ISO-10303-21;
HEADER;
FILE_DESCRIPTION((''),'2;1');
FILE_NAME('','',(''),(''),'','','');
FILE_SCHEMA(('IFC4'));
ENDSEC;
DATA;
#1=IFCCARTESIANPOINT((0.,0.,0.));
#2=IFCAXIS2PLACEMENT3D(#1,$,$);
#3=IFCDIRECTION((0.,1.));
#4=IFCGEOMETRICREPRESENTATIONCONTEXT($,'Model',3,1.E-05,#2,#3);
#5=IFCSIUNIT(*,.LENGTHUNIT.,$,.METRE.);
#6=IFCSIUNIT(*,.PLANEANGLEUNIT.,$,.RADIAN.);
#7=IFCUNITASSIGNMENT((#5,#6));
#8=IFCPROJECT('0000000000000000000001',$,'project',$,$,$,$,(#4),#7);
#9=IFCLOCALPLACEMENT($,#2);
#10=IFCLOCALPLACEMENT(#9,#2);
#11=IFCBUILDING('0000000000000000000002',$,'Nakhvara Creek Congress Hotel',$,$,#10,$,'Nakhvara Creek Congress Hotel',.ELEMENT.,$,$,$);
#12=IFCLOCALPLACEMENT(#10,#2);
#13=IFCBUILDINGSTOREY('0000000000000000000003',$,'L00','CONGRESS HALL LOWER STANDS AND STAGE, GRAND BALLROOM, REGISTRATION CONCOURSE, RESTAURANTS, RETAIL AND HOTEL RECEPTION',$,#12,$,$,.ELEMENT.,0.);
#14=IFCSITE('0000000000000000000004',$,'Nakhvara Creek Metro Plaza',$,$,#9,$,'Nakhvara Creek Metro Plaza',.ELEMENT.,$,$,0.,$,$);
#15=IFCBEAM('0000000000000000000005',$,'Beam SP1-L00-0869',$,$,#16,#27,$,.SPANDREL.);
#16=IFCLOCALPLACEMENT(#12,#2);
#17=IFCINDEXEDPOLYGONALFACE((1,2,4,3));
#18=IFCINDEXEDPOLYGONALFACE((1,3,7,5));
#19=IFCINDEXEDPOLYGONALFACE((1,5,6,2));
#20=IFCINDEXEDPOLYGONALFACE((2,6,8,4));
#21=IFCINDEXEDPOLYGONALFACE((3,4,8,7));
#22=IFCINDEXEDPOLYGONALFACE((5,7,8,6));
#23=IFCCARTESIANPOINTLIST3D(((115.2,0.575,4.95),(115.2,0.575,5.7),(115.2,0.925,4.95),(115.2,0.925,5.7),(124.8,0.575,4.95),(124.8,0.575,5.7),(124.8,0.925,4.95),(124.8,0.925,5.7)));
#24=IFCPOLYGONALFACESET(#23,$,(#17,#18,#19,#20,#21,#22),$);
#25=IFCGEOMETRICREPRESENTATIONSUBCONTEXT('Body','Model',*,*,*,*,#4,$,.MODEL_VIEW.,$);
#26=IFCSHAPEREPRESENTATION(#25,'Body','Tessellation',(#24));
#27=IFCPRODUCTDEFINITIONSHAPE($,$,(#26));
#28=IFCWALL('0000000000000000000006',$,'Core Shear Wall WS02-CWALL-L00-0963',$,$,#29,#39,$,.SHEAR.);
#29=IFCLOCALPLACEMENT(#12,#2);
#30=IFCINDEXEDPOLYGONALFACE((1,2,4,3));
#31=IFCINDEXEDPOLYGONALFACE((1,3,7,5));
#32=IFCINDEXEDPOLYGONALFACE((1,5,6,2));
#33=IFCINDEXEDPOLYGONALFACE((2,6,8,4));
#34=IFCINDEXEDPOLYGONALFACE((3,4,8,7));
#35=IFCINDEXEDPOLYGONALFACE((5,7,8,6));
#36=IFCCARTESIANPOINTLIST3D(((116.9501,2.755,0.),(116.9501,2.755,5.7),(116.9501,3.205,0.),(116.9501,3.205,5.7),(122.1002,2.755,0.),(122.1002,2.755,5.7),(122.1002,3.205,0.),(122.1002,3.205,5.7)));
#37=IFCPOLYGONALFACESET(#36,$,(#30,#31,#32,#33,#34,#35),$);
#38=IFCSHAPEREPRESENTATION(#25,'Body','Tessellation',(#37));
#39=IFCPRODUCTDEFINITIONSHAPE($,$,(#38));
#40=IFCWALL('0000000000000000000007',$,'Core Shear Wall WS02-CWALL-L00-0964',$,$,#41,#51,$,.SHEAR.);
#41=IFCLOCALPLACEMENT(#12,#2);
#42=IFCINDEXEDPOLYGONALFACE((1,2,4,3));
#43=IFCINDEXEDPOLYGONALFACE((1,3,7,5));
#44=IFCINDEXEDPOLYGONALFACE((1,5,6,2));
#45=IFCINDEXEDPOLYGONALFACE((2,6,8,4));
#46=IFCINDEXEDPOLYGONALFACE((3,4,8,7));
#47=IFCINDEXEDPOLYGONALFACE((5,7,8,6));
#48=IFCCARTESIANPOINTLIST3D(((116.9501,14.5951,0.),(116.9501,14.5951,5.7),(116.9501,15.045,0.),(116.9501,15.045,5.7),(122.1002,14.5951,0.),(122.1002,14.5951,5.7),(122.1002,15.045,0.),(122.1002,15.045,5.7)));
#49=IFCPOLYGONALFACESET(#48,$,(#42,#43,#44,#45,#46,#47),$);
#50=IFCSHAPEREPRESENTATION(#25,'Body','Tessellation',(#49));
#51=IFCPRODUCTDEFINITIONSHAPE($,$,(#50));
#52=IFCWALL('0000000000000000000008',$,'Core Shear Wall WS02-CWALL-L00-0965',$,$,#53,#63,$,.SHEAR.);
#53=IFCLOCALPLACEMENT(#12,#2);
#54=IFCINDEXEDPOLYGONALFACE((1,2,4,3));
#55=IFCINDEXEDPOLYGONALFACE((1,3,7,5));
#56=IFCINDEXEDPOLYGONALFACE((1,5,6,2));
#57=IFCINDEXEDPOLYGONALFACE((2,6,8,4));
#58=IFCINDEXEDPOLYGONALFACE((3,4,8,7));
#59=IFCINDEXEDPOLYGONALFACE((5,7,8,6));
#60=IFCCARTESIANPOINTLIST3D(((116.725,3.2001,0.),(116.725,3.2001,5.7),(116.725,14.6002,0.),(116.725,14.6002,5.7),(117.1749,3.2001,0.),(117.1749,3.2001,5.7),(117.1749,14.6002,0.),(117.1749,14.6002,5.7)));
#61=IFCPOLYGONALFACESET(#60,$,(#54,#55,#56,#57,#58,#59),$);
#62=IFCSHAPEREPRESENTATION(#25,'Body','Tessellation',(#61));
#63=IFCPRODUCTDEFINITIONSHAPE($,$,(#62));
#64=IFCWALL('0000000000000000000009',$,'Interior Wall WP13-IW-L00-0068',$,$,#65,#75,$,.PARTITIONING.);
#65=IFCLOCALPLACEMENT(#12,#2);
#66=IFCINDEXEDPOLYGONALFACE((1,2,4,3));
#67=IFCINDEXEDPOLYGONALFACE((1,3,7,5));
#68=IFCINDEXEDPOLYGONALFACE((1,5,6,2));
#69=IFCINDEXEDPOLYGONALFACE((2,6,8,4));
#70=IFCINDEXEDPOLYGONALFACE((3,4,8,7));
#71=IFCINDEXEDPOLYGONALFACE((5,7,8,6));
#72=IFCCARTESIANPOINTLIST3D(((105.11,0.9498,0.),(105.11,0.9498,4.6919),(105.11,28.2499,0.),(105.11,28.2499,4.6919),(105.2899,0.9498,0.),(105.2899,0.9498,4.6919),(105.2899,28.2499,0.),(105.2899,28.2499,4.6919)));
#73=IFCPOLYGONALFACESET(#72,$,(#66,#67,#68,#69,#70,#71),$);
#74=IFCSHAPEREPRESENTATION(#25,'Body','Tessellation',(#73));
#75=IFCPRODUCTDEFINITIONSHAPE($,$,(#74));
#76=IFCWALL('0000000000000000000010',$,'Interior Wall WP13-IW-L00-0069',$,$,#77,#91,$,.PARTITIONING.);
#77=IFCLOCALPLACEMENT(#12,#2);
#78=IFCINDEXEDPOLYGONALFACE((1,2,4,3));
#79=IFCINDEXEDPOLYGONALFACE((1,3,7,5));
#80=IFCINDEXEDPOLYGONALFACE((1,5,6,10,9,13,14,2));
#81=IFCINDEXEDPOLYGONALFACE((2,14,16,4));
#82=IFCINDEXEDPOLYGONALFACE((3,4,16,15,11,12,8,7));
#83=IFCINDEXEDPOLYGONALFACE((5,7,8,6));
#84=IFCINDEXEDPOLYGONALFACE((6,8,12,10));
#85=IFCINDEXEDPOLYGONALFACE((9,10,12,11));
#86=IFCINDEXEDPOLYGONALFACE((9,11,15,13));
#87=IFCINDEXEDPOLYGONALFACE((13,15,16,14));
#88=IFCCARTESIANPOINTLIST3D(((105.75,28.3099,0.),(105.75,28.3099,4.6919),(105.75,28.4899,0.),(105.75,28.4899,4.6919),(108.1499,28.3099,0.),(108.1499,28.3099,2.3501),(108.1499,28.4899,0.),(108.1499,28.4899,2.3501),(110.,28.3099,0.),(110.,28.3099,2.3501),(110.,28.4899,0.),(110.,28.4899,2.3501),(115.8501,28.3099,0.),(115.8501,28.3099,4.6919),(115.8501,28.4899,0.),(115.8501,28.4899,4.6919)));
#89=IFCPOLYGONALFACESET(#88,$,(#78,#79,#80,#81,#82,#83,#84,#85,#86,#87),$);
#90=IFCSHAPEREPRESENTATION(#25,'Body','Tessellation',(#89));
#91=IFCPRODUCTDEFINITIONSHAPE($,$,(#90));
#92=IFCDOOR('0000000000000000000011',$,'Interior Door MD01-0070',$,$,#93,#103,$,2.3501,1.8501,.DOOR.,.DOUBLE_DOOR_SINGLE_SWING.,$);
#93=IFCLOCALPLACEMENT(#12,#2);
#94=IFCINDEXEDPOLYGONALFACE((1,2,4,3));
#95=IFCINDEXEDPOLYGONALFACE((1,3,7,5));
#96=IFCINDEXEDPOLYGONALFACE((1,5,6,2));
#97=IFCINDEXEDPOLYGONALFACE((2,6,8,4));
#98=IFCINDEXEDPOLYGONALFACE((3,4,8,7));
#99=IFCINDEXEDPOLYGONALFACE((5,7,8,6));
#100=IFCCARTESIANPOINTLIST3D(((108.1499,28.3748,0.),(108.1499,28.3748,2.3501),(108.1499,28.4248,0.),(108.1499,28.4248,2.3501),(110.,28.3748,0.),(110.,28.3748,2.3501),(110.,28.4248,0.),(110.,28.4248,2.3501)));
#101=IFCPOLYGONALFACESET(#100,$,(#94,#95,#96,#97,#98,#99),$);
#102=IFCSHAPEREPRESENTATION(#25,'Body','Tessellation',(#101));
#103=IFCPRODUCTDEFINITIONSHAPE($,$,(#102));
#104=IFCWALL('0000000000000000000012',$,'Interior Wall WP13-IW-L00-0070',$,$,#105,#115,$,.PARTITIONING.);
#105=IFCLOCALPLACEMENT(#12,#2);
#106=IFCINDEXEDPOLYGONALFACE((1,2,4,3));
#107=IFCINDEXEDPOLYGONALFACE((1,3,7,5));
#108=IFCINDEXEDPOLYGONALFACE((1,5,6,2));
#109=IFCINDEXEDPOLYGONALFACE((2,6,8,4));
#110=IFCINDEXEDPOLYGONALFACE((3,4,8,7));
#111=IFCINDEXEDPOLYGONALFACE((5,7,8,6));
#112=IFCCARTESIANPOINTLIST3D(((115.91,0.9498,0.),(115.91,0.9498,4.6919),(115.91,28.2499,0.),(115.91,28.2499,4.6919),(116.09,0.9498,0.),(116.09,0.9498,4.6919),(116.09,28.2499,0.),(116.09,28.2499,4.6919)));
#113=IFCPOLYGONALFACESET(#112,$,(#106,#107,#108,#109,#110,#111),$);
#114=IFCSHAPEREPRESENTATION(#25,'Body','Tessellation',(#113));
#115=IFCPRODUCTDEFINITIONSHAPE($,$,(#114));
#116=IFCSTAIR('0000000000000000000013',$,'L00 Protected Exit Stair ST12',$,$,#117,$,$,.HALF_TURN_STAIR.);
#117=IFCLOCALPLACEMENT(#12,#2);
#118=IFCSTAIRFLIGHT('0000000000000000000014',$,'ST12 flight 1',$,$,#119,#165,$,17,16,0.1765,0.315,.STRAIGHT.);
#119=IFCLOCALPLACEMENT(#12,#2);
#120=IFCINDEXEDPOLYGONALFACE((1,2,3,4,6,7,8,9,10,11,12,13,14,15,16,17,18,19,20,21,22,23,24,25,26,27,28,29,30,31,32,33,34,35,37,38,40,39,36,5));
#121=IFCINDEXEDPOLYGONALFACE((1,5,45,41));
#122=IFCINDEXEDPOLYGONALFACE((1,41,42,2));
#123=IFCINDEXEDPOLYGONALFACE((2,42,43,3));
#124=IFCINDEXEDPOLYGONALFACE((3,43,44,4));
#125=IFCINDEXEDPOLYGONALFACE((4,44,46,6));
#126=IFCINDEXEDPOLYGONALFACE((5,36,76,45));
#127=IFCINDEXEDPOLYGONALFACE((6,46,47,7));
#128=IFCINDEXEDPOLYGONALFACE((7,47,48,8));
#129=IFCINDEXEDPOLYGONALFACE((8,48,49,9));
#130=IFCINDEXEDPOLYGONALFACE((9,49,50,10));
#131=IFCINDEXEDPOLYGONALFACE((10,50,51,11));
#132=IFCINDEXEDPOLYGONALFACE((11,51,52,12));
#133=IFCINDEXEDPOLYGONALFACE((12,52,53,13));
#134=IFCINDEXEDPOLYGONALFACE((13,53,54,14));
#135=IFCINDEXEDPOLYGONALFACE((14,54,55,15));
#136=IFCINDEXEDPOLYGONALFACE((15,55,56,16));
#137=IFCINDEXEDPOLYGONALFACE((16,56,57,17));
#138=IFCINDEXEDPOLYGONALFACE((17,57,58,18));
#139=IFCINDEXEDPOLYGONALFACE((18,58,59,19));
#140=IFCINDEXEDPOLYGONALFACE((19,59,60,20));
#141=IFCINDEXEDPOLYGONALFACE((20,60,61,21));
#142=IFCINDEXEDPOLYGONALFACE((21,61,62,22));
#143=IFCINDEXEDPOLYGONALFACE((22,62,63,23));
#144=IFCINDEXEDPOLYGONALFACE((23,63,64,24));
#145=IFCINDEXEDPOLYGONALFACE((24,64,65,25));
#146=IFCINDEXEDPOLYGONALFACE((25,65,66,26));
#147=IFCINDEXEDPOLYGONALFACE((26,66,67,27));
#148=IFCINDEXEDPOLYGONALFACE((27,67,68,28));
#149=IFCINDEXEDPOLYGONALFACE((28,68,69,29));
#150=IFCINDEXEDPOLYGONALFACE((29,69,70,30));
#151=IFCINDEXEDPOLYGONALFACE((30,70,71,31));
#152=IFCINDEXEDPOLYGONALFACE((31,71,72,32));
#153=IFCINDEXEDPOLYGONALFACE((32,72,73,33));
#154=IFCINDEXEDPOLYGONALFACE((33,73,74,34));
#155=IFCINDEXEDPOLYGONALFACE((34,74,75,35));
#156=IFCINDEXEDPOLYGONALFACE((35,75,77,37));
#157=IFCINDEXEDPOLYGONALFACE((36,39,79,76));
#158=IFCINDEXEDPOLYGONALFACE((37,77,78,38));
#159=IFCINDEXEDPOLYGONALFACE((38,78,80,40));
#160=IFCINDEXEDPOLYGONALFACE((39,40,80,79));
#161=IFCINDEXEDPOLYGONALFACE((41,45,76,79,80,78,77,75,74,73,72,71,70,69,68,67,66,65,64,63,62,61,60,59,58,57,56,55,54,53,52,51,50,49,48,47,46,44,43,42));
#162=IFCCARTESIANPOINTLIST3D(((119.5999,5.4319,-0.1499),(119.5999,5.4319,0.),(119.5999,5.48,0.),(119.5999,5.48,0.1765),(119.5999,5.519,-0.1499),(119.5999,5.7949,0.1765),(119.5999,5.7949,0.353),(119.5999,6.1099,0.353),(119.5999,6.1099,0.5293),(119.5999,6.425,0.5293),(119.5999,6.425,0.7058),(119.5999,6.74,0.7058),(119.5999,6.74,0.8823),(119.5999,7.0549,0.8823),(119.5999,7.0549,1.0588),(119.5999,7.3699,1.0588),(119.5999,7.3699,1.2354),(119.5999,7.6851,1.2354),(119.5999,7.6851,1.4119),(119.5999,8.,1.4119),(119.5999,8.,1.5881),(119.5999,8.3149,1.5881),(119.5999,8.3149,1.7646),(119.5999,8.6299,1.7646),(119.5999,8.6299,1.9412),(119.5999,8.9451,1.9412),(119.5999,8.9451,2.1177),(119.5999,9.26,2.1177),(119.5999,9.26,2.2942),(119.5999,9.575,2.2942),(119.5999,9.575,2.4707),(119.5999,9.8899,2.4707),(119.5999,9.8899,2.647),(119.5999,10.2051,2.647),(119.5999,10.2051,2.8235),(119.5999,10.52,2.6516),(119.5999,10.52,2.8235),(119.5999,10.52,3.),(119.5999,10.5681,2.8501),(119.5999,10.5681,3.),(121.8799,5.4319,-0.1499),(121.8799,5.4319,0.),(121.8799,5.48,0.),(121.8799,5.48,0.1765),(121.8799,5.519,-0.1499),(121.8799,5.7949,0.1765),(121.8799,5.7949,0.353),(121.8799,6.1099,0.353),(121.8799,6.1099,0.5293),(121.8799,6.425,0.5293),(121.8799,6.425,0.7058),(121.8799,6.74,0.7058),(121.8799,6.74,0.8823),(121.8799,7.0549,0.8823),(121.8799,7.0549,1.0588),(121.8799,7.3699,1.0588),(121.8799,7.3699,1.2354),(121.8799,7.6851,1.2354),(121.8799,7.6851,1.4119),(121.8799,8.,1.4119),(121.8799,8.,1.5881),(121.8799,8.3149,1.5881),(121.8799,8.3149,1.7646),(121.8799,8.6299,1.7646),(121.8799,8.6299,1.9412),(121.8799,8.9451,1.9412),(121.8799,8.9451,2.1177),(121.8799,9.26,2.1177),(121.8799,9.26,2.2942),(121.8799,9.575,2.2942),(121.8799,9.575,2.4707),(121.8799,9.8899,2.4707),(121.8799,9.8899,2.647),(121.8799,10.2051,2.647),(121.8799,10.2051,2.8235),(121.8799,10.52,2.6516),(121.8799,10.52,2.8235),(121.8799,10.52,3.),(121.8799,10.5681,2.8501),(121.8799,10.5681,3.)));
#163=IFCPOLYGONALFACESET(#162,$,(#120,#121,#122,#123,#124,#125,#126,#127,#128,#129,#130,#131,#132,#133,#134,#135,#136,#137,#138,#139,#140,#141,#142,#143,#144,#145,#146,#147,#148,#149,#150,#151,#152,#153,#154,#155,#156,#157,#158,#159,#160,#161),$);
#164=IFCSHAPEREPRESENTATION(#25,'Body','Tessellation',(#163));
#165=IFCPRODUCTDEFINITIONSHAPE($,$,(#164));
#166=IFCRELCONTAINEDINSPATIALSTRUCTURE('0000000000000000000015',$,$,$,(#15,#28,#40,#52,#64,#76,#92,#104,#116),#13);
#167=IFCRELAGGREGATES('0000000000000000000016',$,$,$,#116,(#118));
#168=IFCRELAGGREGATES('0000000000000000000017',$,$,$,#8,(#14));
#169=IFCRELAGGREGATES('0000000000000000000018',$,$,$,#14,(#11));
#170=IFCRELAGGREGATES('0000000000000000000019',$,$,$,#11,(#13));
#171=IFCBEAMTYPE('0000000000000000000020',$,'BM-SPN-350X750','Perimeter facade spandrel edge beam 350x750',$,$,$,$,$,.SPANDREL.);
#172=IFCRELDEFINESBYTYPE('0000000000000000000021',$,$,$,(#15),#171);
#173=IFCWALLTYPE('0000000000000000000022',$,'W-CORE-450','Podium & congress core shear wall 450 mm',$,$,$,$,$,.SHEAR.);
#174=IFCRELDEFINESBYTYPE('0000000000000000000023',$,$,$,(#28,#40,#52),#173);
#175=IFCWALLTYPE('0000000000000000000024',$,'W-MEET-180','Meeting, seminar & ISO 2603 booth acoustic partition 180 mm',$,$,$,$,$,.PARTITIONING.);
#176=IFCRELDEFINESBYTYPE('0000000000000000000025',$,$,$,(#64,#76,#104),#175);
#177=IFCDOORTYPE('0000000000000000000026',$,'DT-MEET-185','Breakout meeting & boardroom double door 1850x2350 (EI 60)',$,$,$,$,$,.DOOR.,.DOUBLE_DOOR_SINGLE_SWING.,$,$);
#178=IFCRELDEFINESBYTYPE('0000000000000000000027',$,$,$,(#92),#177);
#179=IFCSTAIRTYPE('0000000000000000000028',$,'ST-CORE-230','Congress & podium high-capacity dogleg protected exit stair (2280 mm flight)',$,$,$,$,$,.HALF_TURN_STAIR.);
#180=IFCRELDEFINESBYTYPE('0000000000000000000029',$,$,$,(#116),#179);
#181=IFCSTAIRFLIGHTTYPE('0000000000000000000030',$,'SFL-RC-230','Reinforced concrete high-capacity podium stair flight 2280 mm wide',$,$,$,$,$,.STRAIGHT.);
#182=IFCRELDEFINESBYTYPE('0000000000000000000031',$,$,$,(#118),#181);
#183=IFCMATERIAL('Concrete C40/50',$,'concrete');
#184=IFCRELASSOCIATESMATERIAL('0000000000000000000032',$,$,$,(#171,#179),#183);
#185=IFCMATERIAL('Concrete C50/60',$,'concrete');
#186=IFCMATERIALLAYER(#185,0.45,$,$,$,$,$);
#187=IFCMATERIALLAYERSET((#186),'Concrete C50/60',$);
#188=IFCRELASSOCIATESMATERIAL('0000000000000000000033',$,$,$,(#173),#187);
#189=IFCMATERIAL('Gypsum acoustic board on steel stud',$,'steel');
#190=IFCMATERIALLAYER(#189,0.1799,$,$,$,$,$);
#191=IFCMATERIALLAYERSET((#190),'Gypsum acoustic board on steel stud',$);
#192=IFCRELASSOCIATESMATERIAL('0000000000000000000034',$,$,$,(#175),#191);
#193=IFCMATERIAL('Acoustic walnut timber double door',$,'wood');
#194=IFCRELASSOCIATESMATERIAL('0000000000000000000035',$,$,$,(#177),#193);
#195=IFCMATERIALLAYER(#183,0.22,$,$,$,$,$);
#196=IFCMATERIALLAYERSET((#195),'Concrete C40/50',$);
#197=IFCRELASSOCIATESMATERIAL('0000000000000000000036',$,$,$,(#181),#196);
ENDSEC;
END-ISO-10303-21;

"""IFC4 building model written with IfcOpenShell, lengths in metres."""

from ifc_helpers import new_model, si_unit, direction, frame, frame_2d, origin, origin_2d, place, context, subcontext, project, spatial, polyline, rectangle, outline, extrude, material, layer, layer_set, material_profile, profile_set, type_object, element, fill, aggregate, save


model = new_model("IFC4")

# Units and contexts
model_context = context("Model", 3, precision=1e-05, world=origin(), true_north=direction((0.0, 1.0)))
body_context = subcontext(model_context, "Body", "Model", "MODEL_VIEW")
ifc_project = project(units=[si_unit("LENGTHUNIT", "METRE"), si_unit("PLANEANGLEUNIT", "RADIAN")], contexts=[model_context])

# Site, building, storey
site_placement = place(None, origin())
site = spatial("IfcSite", under=ifc_project, at=site_placement, Name="Nakhvara Creek Metro Plaza", LongName="Nakhvara Creek Metro Plaza", CompositionType="ELEMENT", RefElevation=0.0)
building_placement = place(site_placement, origin())
building = spatial("IfcBuilding", under=site, at=building_placement, Name="Nakhvara Creek Congress Hotel", LongName="Nakhvara Creek Congress Hotel", CompositionType="ELEMENT")
storey_placement = place(building_placement, origin())
storey = spatial("IfcBuildingStorey", under=building, at=storey_placement, Name="L00", Description="CONGRESS HALL LOWER STANDS AND STAGE, GRAND BALLROOM, REGISTRATION CONCOURSE, RESTAURANTS, RETAIL AND HOTEL RECEPTION", CompositionType="ELEMENT", Elevation=0.0)

# Shared definitions
ifc_material_1 = material(Name="Concrete C50/60", Category="concrete")

# Beam
ifc_material_2 = material(Name="Concrete C40/50", Category="concrete")
ifc_material_profile_1 = material_profile(ifc_material_2, rectangle(XDim=0.3501, YDim=0.75, at=origin_2d()), Name="RC-SPANDREL 350x750", Category="LoadBearing")
ifc_profile_set_1 = profile_set([ifc_material_profile_1], Name="Concrete C40/50")
beam_type_1 = type_object("IfcBeamType", Name="BM-SPN-350X750", Description="Perimeter facade spandrel edge beam 350x750", PredefinedType="SPANDREL", material=ifc_profile_set_1)
beam_1_placement = place(storey_placement, frame((115.2, 0.75, 5.325), z_axis=(1.0, 0.0, 0.0), x_axis=(0.0, 1.0, 0.0)))
element("IfcBeam", 1, at=beam_1_placement, inside=storey, type_object=beam_type_1, Name="Beam SP1-L00-0869", PredefinedType="SPANDREL", context=body_context, shape_type="SweptSolid", body=[
    extrude(rectangle(XDim=0.3501, YDim=0.75, at=origin_2d()), origin(), (0.0, 0.0, 1.0), 9.6001),
])

# Walls
ifc_layer_1 = layer(ifc_material_1, 0.45)
ifc_layer_set_1 = layer_set([ifc_layer_1], Name="Concrete C50/60")
wall_type_1 = type_object("IfcWallType", Name="W-CORE-450", Description="Podium & congress core shear wall 450 mm", PredefinedType="SHEAR", material=ifc_layer_set_1)
for number, where, z_axis, x_axis, name in (
    (2, (116.95, 2.98, 0.0), (0.0, 0.0, 1.0), (1.0, 0.0, 0.0), "Core Shear Wall WS02-CWALL-L00-0963"),
    (3, (116.95, 14.8201, 0.0), (0.0, 0.0, 1.0), (1.0, 0.0, 0.0), "Core Shear Wall WS02-CWALL-L00-0964"),
):
    element("IfcWall", number, at=place(storey_placement, frame(where, z_axis=z_axis, x_axis=x_axis)), inside=storey, type_object=wall_type_1, Name=name, PredefinedType="SHEAR", context=body_context, shape_type="SweptSolid", body=[
        extrude(rectangle(XDim=5.1501, YDim=0.45, at=frame_2d((2.5752, 0.0))), origin(), (0.0, 0.0, 1.0), 5.7),
    ])
wall_1_placement = place(storey_placement, frame((116.95, 3.2, 0.0), z_axis=(0.0, 0.0, 1.0), x_axis=(0.0, 1.0, 0.0)))
element("IfcWall", 4, at=wall_1_placement, inside=storey, type_object=wall_type_1, Name="Core Shear Wall WS02-CWALL-L00-0965", PredefinedType="SHEAR", context=body_context, shape_type="SweptSolid", body=[
    extrude(rectangle(XDim=11.4001, YDim=0.45, at=frame_2d((5.7002, 0.0))), origin(), (0.0, 0.0, 1.0), 5.7),
])
ifc_material_3 = material(Name="Gypsum acoustic board on steel stud", Category="steel")
ifc_layer_2 = layer(ifc_material_3, 0.1799)
ifc_layer_set_2 = layer_set([ifc_layer_2], Name="Gypsum acoustic board on steel stud")
wall_type_2 = type_object("IfcWallType", Name="W-MEET-180", Description="Meeting, seminar & ISO 2603 booth acoustic partition 180 mm", PredefinedType="PARTITIONING", material=ifc_layer_set_2)
wall_2_placement = place(storey_placement, frame((105.2, 0.95, 0.0), z_axis=(0.0, 0.0, 1.0), x_axis=(0.0, 1.0, 0.0)))
element("IfcWall", 5, at=wall_2_placement, inside=storey, type_object=wall_type_2, Name="Interior Wall WP13-IW-L00-0068", PredefinedType="PARTITIONING", context=body_context, shape_type="SweptSolid", body=[
    extrude(rectangle(XDim=27.3, YDim=0.1799, at=frame_2d((13.6499, 0.0))), origin(), (0.0, 0.0, 1.0), 4.6919),
])

# Wall, opening, door
wall_3_placement = place(storey_placement, frame((105.75, 28.3999, 0.0), z_axis=(0.0, 0.0, 1.0), x_axis=(1.0, 0.0, 0.0)))
wall_3 = element("IfcWall", 6, at=wall_3_placement, inside=storey, type_object=wall_type_2, Name="Interior Wall WP13-IW-L00-0069", PredefinedType="PARTITIONING", context=body_context, shape_type="SweptSolid", body=[
    extrude(rectangle(XDim=10.1001, YDim=0.1799, at=frame_2d((5.05, 0.0))), origin(), (0.0, 0.0, 1.0), 4.6919),
])
opening_placement = place(wall_3_placement, frame((2.3999, 0.0, 0.0)))
opening = element("IfcOpeningElement", 7, at=opening_placement, cuts=wall_3, PredefinedType="OPENING", context=body_context, shape_type="SweptSolid", body=[
    extrude(rectangle(XDim=1.8501, YDim=2.3501, at=frame_2d((0.925, 1.175))), frame((0.0, 0.1021, 0.0), z_axis=(0.0, -1.0, 0.0), x_axis=(1.0, 0.0, 0.0)), (0.0, 0.0, 1.0), 0.2039),
])
ifc_material_4 = material(Name="Acoustic walnut timber double door", Category="wood")
door_type = type_object("IfcDoorType", Name="DT-MEET-185", Description="Breakout meeting & boardroom double door 1850x2350 (EI 60)", OperationType="DOUBLE_DOOR_SINGLE_SWING", PredefinedType="DOOR", material=ifc_material_4)
door_placement = place(opening_placement, origin())
door = element("IfcDoor", 8, at=door_placement, inside=storey, type_object=door_type, Name="Interior Door MD01-0070", OperationType="DOUBLE_DOOR_SINGLE_SWING", OverallHeight=2.3501, OverallWidth=1.8501, PredefinedType="DOOR", context=body_context, shape_type="SweptSolid", body=[
    extrude(rectangle(XDim=1.8501, YDim=2.3501, at=frame_2d((0.925, 1.175))), frame((0.0, 0.0249, 0.0), z_axis=(0.0, -1.0, 0.0), x_axis=(1.0, 0.0, 0.0)), (0.0, 0.0, 1.0), 0.05),
])
fill(opening, door)

# Wall
wall_4_placement = place(storey_placement, frame((116.0, 0.95, 0.0), z_axis=(0.0, 0.0, 1.0), x_axis=(0.0, 1.0, 0.0)))
element("IfcWall", 9, at=wall_4_placement, inside=storey, type_object=wall_type_2, Name="Interior Wall WP13-IW-L00-0070", PredefinedType="PARTITIONING", context=body_context, shape_type="SweptSolid", body=[
    extrude(rectangle(XDim=27.3, YDim=0.1799, at=frame_2d((13.6499, 0.0))), origin(), (0.0, 0.0, 1.0), 4.6919),
])

# Stair, stair flight
stair_type = type_object("IfcStairType", Name="ST-CORE-230", Description="Congress & podium high-capacity dogleg protected exit stair (2280 mm flight)", PredefinedType="HALF_TURN_STAIR", material=ifc_material_2)
stair_placement = place(storey_placement, origin())
stair = element("IfcStair", 10, at=stair_placement, inside=storey, type_object=stair_type, Name="L00 Protected Exit Stair ST12", PredefinedType="HALF_TURN_STAIR")
ifc_layer_3 = layer(ifc_material_2, 0.22)
ifc_layer_set_3 = layer_set([ifc_layer_3], Name="Concrete C40/50")
stair_flight_type = type_object("IfcStairFlightType", Name="SFL-RC-230", Description="Reinforced concrete high-capacity podium stair flight 2280 mm wide", PredefinedType="STRAIGHT", material=ifc_layer_set_3)
stair_flight_1_placement = place(storey_placement, frame((120.74, 5.48, 0.0), z_axis=(0.0, 0.0, 1.0), x_axis=(0.0, 1.0, 0.0)))
stair_flight_1 = element("IfcStairFlight", 11, at=stair_flight_1_placement, type_object=stair_flight_type, Name="ST12 flight 1", NumberOfRisers=17, NumberOfTreads=16, PredefinedType="STRAIGHT", RiserHeight=0.1765, TreadLength=0.315, context=body_context, shape_type="SweptSolid", body=[
    extrude(outline(polyline([(-0.0481, 0.0), (0.0, 0.0), (0.0, 0.1765), (0.3149, 0.1765), (0.3149, 0.353), (0.6299, 0.353), (0.6299, 0.5293), (0.9451, 0.5293), (0.9451, 0.7058), (1.26, 0.7058), (1.26, 0.8823), (1.575, 0.8823), (1.575, 1.0588), (1.8899, 1.0588), (1.8899, 1.2354), (2.2051, 1.2354), (2.2051, 1.4119), (2.52, 1.4119), (2.52, 1.5881), (2.835, 1.5881), (2.835, 1.7646), (3.1499, 1.7646), (3.1499, 1.9412), (3.4651, 1.9412), (3.4651, 2.1177), (3.78, 2.1177), (3.78, 2.2942), (4.095, 2.2942), (4.095, 2.4707), (4.4099, 2.4707), (4.4099, 2.647), (4.7251, 2.647), (4.7251, 2.8235), (5.04, 2.8235), (5.04, 3.0), (5.0881, 3.0), (5.0881, 2.8501), (5.04, 2.6516), (0.0391, -0.1499), (-0.0481, -0.1499), (-0.0481, 0.0)])), frame((0.0, 1.1401, 0.0), z_axis=(0.0, -1.0, 0.0), x_axis=(1.0, 0.0, 0.0)), (0.0, 0.0, 1.0), 2.28),
])
aggregate(stair, [stair_flight_1])

save(model, "model.ifc")
